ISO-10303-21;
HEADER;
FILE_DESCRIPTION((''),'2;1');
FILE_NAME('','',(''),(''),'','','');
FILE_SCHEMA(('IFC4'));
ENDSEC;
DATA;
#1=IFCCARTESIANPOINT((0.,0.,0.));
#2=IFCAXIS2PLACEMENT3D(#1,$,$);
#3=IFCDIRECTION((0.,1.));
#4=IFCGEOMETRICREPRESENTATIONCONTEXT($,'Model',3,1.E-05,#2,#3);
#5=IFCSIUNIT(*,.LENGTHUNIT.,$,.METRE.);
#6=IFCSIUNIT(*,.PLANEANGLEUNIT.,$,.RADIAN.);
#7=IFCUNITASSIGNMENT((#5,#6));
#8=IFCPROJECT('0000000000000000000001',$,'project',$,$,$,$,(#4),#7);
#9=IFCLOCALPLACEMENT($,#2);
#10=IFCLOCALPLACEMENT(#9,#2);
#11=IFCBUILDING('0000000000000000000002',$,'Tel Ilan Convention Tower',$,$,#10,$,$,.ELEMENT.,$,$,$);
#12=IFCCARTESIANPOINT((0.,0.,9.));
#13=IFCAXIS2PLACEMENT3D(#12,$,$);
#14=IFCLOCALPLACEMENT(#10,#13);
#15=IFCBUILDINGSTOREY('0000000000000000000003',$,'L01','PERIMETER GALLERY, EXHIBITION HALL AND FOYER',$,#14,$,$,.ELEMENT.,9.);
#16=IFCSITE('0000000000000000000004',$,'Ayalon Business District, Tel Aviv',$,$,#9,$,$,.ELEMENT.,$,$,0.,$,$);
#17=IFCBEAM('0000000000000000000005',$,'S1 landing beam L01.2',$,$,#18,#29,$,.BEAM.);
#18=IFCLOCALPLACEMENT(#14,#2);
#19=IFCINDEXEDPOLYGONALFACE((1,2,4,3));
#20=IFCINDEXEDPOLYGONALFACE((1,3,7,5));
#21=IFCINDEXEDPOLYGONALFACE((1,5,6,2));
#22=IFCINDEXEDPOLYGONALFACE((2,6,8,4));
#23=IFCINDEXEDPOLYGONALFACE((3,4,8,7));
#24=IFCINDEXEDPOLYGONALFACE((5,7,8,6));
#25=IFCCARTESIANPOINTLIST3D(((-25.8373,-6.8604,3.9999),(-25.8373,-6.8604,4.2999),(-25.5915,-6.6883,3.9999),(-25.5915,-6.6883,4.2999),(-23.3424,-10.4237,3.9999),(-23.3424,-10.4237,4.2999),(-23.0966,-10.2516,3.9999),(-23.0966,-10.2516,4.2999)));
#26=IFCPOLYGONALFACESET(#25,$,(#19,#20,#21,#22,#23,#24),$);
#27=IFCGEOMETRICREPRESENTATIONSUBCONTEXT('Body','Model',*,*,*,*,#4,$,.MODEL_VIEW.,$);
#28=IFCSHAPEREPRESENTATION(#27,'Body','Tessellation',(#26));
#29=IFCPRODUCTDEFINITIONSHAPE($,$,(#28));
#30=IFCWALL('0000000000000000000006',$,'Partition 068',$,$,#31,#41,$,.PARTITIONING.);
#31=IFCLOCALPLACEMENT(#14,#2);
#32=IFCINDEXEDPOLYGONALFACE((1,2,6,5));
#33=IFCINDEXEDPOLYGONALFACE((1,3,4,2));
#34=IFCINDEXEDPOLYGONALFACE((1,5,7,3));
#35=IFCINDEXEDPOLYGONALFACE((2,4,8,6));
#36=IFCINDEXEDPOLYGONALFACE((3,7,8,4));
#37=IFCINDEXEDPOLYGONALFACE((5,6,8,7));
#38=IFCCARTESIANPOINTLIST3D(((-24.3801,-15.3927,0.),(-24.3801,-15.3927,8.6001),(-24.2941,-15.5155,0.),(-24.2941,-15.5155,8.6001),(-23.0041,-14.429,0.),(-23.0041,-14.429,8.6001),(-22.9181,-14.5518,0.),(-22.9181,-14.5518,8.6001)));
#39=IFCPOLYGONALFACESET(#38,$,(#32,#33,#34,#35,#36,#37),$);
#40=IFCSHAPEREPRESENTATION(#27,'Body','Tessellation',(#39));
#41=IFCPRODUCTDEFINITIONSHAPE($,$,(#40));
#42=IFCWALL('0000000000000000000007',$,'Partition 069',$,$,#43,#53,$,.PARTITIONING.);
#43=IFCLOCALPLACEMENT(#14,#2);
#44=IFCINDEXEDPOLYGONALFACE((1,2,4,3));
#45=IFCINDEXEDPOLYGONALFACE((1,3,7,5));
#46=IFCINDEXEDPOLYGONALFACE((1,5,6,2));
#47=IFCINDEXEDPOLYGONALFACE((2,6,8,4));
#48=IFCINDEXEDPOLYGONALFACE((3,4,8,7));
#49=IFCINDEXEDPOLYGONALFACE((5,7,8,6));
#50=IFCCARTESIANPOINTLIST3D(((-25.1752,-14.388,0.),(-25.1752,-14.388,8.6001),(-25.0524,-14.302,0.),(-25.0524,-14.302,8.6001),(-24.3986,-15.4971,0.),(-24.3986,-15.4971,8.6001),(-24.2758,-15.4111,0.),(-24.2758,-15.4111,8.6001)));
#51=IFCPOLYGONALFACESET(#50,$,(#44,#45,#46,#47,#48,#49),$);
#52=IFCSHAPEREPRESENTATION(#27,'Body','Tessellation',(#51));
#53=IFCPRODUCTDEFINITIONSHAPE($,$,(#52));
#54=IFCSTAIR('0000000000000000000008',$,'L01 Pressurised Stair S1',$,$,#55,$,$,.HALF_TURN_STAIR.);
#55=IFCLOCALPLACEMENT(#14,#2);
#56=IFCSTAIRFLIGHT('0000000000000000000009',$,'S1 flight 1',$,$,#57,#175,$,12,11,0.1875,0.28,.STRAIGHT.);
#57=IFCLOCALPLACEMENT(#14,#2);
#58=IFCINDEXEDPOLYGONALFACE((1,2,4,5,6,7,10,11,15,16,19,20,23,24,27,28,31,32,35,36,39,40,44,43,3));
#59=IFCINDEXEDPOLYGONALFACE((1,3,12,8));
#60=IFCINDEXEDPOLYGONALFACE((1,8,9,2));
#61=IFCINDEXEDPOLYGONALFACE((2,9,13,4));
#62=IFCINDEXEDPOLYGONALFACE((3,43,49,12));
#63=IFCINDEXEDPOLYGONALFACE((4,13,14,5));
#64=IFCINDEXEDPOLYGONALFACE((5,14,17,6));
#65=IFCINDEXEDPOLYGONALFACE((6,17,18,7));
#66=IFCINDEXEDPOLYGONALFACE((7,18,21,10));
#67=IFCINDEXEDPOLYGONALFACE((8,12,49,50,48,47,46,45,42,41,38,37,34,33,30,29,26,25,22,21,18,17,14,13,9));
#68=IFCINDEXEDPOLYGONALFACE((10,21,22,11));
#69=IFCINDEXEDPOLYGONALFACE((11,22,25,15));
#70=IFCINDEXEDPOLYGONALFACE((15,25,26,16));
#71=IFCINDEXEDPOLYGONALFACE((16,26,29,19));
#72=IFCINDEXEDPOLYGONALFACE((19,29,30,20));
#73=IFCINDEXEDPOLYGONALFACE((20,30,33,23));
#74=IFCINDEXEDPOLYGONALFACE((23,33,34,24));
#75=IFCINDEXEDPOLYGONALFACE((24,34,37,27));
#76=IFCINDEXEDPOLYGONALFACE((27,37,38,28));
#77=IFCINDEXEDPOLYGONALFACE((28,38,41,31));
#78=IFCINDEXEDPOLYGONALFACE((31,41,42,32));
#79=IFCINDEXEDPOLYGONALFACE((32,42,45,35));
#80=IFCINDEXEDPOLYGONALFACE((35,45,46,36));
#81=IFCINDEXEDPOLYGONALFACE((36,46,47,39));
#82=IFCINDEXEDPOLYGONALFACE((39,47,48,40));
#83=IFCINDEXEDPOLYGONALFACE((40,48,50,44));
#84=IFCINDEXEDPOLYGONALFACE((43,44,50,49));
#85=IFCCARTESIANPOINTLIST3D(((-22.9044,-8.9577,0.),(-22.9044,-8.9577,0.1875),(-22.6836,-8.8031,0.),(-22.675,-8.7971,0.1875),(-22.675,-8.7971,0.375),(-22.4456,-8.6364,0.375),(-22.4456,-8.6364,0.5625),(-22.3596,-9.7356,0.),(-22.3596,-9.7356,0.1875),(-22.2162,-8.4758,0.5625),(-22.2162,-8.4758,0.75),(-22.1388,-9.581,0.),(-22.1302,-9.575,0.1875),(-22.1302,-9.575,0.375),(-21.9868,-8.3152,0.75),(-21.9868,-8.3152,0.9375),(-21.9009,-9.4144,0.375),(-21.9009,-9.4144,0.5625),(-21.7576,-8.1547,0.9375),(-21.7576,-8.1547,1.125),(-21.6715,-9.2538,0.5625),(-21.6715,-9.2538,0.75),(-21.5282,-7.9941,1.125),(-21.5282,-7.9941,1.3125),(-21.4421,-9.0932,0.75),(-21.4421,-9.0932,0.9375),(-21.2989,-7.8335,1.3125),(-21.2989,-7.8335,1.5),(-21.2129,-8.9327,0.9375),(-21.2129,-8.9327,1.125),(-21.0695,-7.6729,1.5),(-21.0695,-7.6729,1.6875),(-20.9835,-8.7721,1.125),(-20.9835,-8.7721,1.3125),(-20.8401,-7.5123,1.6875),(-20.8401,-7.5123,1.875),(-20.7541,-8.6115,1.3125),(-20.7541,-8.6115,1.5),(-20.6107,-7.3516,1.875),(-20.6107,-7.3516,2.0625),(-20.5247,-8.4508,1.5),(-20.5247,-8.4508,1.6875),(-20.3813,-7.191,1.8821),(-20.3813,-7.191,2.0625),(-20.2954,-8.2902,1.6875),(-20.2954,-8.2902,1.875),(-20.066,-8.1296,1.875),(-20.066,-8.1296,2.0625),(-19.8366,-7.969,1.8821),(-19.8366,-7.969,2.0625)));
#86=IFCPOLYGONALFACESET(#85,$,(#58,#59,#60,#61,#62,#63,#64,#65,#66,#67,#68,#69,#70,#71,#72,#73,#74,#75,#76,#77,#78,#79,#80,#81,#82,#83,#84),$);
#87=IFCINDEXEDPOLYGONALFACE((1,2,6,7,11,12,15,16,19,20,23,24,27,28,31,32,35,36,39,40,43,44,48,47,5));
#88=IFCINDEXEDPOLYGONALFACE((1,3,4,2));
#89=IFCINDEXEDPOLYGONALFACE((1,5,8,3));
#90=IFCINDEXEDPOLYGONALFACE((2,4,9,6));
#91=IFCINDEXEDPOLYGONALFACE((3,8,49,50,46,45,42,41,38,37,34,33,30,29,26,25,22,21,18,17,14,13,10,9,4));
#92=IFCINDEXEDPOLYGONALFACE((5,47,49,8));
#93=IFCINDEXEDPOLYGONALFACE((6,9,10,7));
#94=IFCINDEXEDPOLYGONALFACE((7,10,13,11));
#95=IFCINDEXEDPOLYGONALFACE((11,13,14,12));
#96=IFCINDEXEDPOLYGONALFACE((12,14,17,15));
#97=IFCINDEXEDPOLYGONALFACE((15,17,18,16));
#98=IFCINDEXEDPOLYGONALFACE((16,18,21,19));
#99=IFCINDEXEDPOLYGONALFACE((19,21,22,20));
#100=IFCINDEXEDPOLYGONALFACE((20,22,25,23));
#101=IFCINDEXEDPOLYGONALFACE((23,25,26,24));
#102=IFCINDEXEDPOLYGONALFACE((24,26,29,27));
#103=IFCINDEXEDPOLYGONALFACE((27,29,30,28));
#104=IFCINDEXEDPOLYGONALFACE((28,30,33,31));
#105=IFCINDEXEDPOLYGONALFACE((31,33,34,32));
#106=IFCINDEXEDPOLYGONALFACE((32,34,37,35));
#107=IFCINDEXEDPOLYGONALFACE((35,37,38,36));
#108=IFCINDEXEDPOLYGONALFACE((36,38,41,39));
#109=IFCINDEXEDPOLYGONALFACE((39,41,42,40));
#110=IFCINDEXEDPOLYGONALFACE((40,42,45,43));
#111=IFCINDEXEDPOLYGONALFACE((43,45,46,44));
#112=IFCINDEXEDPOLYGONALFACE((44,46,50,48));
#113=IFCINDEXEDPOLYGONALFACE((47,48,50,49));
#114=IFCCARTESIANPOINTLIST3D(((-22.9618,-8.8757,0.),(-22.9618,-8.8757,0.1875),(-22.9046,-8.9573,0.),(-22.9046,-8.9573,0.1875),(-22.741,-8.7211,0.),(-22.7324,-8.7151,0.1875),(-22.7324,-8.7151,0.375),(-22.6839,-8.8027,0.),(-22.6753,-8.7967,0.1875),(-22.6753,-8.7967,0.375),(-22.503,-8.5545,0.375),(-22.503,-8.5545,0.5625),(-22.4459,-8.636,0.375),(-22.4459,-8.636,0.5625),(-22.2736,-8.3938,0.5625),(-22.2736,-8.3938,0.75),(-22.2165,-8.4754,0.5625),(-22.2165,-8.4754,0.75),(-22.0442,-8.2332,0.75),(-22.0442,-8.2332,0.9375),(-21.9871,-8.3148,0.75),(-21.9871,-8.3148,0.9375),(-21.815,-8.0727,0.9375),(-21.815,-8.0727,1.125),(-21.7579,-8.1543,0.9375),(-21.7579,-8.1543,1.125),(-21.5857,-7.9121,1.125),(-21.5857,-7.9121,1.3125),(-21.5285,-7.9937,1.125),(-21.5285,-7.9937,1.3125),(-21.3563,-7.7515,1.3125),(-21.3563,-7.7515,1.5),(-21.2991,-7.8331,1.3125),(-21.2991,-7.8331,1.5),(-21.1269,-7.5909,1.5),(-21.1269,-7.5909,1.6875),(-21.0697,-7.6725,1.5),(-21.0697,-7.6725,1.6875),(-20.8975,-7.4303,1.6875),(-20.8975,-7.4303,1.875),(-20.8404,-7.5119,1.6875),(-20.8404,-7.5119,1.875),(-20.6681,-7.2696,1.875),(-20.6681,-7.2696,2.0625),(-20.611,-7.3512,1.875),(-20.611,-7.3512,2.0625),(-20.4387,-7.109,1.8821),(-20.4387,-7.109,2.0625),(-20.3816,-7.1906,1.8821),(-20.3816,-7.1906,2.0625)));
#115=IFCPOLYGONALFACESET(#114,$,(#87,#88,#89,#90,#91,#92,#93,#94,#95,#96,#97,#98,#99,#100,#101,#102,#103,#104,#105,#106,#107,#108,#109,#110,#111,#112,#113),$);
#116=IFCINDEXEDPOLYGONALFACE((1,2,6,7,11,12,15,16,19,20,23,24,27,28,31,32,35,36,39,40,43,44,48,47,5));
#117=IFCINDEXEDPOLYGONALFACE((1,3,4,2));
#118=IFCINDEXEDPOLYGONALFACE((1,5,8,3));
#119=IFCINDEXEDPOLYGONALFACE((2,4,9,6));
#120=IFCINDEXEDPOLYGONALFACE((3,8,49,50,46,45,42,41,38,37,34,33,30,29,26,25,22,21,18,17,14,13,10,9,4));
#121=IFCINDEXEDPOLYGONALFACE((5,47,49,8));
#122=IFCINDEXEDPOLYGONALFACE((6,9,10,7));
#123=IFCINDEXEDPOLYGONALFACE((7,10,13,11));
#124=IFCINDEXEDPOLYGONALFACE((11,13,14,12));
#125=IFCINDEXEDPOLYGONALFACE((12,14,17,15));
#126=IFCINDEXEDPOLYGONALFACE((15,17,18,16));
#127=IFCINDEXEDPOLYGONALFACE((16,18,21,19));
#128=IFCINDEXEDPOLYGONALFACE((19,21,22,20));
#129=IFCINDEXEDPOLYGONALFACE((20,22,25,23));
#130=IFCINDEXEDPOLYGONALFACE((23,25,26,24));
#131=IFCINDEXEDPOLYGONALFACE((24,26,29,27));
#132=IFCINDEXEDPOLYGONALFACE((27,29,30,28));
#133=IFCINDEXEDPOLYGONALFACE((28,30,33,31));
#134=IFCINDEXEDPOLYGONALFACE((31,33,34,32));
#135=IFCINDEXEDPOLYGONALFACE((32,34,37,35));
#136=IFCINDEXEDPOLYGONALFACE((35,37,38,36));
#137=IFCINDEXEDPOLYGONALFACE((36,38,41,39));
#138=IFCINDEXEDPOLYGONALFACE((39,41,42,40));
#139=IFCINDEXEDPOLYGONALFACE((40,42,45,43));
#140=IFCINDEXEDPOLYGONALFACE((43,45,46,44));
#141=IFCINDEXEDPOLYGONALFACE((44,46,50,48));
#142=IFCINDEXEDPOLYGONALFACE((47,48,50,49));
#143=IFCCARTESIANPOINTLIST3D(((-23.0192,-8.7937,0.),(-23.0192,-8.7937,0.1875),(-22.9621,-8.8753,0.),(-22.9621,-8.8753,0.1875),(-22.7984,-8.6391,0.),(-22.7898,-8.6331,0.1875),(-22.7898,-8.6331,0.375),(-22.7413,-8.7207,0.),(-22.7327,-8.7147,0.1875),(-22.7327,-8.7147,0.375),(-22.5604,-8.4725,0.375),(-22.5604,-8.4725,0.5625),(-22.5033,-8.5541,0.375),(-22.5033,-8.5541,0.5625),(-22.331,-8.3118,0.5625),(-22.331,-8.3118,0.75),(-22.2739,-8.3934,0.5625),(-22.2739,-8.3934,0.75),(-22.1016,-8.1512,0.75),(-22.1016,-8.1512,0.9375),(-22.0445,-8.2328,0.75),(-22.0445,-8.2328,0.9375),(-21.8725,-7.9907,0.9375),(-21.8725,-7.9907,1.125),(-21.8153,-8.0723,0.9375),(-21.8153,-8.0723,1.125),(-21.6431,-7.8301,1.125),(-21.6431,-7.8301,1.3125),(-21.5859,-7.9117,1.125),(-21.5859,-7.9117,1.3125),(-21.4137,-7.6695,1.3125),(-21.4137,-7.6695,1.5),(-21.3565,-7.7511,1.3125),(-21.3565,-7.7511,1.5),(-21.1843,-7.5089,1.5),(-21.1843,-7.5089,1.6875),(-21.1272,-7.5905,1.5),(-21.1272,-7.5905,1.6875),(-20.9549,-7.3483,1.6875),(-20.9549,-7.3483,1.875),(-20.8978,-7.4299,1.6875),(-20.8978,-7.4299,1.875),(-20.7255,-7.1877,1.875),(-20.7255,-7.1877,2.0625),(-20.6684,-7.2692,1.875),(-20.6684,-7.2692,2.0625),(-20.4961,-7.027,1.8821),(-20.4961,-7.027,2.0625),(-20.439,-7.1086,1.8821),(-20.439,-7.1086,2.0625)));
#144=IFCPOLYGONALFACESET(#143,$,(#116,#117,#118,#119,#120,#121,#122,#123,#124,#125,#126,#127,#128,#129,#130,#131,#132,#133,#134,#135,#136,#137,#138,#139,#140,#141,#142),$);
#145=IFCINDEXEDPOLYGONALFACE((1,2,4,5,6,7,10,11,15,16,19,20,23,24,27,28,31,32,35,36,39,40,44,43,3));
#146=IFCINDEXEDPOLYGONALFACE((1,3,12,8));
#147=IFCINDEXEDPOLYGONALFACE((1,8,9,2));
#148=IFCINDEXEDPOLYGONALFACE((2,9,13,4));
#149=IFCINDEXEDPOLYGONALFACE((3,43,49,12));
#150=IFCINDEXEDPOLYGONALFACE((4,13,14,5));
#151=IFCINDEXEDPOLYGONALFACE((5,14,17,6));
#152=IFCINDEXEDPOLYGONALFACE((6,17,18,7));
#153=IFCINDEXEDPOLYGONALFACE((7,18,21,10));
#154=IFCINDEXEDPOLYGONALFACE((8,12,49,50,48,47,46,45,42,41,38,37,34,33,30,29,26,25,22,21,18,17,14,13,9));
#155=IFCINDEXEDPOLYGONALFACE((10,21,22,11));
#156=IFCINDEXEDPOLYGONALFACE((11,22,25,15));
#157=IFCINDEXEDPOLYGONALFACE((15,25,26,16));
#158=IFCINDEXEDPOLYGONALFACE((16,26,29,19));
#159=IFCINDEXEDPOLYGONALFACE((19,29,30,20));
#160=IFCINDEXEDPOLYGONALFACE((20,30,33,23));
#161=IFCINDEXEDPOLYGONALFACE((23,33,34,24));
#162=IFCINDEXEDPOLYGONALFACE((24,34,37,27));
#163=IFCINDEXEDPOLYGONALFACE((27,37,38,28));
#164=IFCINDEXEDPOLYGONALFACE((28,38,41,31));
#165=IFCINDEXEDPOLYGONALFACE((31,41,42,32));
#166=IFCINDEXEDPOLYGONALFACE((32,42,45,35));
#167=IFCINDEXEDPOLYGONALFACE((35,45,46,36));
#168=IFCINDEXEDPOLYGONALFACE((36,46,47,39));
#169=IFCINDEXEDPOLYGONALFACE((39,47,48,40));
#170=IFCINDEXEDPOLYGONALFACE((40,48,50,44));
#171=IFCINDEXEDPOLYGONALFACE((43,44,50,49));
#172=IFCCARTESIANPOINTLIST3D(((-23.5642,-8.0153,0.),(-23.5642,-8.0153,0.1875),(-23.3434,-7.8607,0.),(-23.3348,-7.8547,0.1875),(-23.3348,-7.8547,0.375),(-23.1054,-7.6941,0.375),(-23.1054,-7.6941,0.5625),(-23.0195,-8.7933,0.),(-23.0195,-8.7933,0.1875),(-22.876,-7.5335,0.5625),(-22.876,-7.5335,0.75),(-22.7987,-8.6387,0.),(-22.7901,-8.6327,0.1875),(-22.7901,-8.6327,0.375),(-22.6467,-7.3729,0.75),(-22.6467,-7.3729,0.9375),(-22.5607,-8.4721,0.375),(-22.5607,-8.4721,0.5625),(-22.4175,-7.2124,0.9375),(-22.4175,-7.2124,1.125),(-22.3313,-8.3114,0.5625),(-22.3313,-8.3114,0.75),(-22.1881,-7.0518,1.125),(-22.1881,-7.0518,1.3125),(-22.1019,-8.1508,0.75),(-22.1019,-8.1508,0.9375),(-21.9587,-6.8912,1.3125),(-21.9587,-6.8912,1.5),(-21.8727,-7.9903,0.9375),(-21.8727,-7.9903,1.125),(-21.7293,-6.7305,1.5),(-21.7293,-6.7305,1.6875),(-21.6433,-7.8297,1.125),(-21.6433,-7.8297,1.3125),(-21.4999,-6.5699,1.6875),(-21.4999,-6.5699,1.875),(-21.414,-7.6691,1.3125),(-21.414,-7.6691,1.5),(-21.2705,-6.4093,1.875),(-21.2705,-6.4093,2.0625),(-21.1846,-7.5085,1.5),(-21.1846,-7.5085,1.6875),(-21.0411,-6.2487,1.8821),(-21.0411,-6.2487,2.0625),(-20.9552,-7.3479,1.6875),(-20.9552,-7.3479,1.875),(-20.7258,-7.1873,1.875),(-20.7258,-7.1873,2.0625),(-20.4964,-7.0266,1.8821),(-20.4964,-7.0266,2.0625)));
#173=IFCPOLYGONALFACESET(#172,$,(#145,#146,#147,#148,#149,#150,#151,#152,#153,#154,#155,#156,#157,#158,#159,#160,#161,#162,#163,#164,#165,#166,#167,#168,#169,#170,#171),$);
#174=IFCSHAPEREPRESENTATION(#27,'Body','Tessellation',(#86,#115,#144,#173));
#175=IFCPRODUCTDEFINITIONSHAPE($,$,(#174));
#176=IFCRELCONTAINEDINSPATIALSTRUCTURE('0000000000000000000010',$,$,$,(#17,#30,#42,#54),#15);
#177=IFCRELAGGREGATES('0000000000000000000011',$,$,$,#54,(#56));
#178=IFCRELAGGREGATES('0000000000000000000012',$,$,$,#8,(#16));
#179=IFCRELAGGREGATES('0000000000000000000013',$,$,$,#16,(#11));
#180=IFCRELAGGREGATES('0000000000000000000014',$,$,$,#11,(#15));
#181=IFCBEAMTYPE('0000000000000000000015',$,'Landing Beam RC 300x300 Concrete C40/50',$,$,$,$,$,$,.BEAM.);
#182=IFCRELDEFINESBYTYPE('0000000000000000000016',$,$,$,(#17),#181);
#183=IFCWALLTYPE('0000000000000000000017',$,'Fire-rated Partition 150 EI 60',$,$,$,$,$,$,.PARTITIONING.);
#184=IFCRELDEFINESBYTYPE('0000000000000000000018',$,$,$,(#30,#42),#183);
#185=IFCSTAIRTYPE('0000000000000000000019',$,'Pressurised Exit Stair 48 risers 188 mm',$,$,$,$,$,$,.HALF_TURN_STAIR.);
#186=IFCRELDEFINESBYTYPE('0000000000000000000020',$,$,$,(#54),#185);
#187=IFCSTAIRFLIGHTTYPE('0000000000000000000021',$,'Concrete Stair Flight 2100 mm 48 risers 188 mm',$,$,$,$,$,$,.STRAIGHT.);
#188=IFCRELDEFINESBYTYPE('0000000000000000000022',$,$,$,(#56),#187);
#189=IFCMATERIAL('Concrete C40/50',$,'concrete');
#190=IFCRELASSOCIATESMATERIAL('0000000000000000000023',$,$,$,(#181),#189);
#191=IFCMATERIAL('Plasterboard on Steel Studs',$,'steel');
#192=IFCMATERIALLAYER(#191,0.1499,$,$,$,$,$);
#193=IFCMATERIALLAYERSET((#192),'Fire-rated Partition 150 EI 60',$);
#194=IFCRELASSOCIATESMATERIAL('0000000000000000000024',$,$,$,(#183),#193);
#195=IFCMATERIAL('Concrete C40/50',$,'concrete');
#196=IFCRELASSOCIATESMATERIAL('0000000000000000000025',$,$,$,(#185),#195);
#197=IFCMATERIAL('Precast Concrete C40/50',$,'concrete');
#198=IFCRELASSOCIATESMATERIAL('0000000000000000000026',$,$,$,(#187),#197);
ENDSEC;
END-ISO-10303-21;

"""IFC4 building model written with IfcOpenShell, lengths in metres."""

from ifc_helpers import new_model, si_unit, direction, frame, frame_2d, origin, origin_2d, place, context, subcontext, project, spatial, polyline, rectangle, outline, extrude, material, layer, layer_set, material_profile, profile_set, type_object, element, aggregate, save


model = new_model("IFC4")

# Units and contexts
model_context = context("Model", 3, precision=1e-05, world=origin(), true_north=direction((0.0, 1.0)))
body_context = subcontext(model_context, "Body", "Model", "MODEL_VIEW")
ifc_project = project(units=[si_unit("LENGTHUNIT", "METRE"), si_unit("PLANEANGLEUNIT", "RADIAN")], contexts=[model_context])

# Site, building, storey
site_placement = place(None, origin())
site = spatial("IfcSite", under=ifc_project, at=site_placement, Name="Ayalon Business District, Tel Aviv", CompositionType="ELEMENT", RefElevation=0.0)
building_placement = place(site_placement, origin())
building = spatial("IfcBuilding", under=site, at=building_placement, Name="Tel Ilan Convention Tower", CompositionType="ELEMENT")
storey_placement = place(building_placement, frame((0.0, 0.0, 9.0)))
storey = spatial("IfcBuildingStorey", under=building, at=storey_placement, Name="L01", Description="PERIMETER GALLERY, EXHIBITION HALL AND FOYER", CompositionType="ELEMENT", Elevation=9.0)

# Beam
ifc_material_1 = material(Name="Concrete C40/50", Category="concrete")
ifc_material_profile = material_profile(ifc_material_1, rectangle(XDim=0.3, YDim=0.3, at=origin_2d()), Name="RC 300x300")
ifc_profile_set = profile_set([ifc_material_profile], Name="Concrete C40/50")
beam_type = type_object("IfcBeamType", Name="Landing Beam RC 300x300 Concrete C40/50", PredefinedType="BEAM", material=ifc_profile_set)
beam_placement = place(storey_placement, frame((-23.2195, -10.3376, 4.1499), z_axis=(-0.573557, 0.819166, 0.0), x_axis=(-0.819166, -0.573557, 0.0)))
element("IfcBeam", 1, at=beam_placement, inside=storey, type_object=beam_type, Name="S1 landing beam L01.2", PredefinedType="BEAM", context=body_context, shape_type="SweptSolid", body=[
    extrude(rectangle(XDim=0.3, YDim=0.3, at=origin_2d()), origin(), (0.0, 0.0, 1.0), 4.3499),
])

# Walls
ifc_material_2 = material(Name="Plasterboard on Steel Studs", Category="steel")
ifc_layer = layer(ifc_material_2, 0.1499)
ifc_layer_set = layer_set([ifc_layer], Name="Fire-rated Partition 150 EI 60")
wall_type = type_object("IfcWallType", Name="Fire-rated Partition 150 EI 60", PredefinedType="PARTITIONING", material=ifc_layer_set)
wall_1_placement = place(storey_placement, frame((-22.9612, -14.4905, 0.0), z_axis=(0.0, 0.0, 1.0), x_axis=(-0.819109, -0.573638, 0.0)))
element("IfcWall", 2, at=wall_1_placement, inside=storey, type_object=wall_type, Name="Partition 068", PredefinedType="PARTITIONING", context=body_context, shape_type="SweptSolid", body=[
    extrude(rectangle(XDim=1.6799, YDim=0.1499, at=frame_2d((0.8398, 0.0))), origin(), (0.0, 0.0, 1.0), 8.6001),
])
wall_2_placement = place(storey_placement, frame((-24.3372, -15.4541, 0.0), z_axis=(0.0, 0.0, 1.0), x_axis=(-0.573571, 0.819156, 0.0)))
element("IfcWall", 3, at=wall_2_placement, inside=storey, type_object=wall_type, Name="Partition 069", PredefinedType="PARTITIONING", context=body_context, shape_type="SweptSolid", body=[
    extrude(rectangle(XDim=1.354, YDim=0.1499, at=frame_2d((0.677, 0.0))), origin(), (0.0, 0.0, 1.0), 8.6001),
])

# Stair, stair flight
ifc_material_3 = material(Name="Concrete C40/50", Category="concrete")
stair_type = type_object("IfcStairType", Name="Pressurised Exit Stair 48 risers 188 mm", PredefinedType="HALF_TURN_STAIR", material=ifc_material_3)
stair_placement = place(storey_placement, origin())
stair = element("IfcStair", 4, at=stair_placement, inside=storey, type_object=stair_type, Name="L01 Pressurised Stair S1", PredefinedType="HALF_TURN_STAIR")
ifc_material_4 = material(Name="Precast Concrete C40/50", Category="concrete")
stair_flight_type = type_object("IfcStairFlightType", Name="Concrete Stair Flight 2100 mm 48 risers 188 mm", PredefinedType="STRAIGHT", material=ifc_material_4)
stair_flight_1_placement = place(storey_placement, frame((-22.9619, -8.8755, 0.0), z_axis=(0.0, 0.0, 1.0), x_axis=(0.819152, 0.573576, 0.0)))
stair_flight_1 = element("IfcStairFlight", 5, at=stair_flight_1_placement, type_object=stair_flight_type, Name="S1 flight 1", NumberOfRisers=12, NumberOfTreads=11, PredefinedType="STRAIGHT", RiserHeight=0.1875, TreadLength=0.28, context=body_context, shape_type="SweptSolid", body=[
    extrude(outline(polyline([(0.0, 0.0), (0.0, 0.1875), (0.28, 0.1875), (0.28, 0.375), (0.5601, 0.375), (0.5601, 0.5625), (0.8401, 0.5625), (0.8401, 0.75), (1.1201, 0.75), (1.1201, 0.9375), (1.3999, 0.9375), (1.3999, 1.125), (1.6799, 1.125), (1.6799, 1.3125), (1.96, 1.3125), (1.96, 1.5), (2.24, 1.5), (2.24, 1.6875), (2.52, 1.6875), (2.52, 1.875), (2.8, 1.875), (2.8, 2.0625), (3.0801, 2.0625), (3.0801, 2.25), (3.0801, 1.8821), (0.2695, 0.0), (0.0, 0.0)])), frame((0.0, -0.1003, 0.0), z_axis=(0.0, -1.0, 0.0), x_axis=(1.0, 0.0, 0.0)), (0.0, 0.0, 1.0), 0.9497),
    extrude(outline(polyline([(0.0, 0.0), (0.0, 0.1875), (0.28, 0.1875), (0.28, 0.375), (0.5601, 0.375), (0.5601, 0.5625), (0.8401, 0.5625), (0.8401, 0.75), (1.1201, 0.75), (1.1201, 0.9375), (1.3999, 0.9375), (1.3999, 1.125), (1.6799, 1.125), (1.6799, 1.3125), (1.96, 1.3125), (1.96, 1.5), (2.24, 1.5), (2.24, 1.6875), (2.52, 1.6875), (2.52, 1.875), (2.8, 1.875), (2.8, 2.0625), (3.0801, 2.0625), (3.0801, 2.25), (3.0801, 1.8821), (0.2695, 0.0), (0.0, 0.0)])), frame((0.0, -0.0002, 0.0), z_axis=(0.0, -1.0, 0.0), x_axis=(1.0, 0.0, 0.0)), (0.0, 0.0, 1.0), 0.0996),
    extrude(outline(polyline([(0.0, 0.0), (0.0, 0.1875), (0.28, 0.1875), (0.28, 0.375), (0.5601, 0.375), (0.5601, 0.5625), (0.8401, 0.5625), (0.8401, 0.75), (1.1201, 0.75), (1.1201, 0.9375), (1.3999, 0.9375), (1.3999, 1.125), (1.6799, 1.125), (1.6799, 1.3125), (1.96, 1.3125), (1.96, 1.5), (2.24, 1.5), (2.24, 1.6875), (2.52, 1.6875), (2.52, 1.875), (2.8, 1.875), (2.8, 2.0625), (3.0801, 2.0625), (3.0801, 2.25), (3.0801, 1.8821), (0.2695, 0.0), (0.0, 0.0)])), frame((0.0, 0.0999, 0.0), z_axis=(0.0, -1.0, 0.0), x_axis=(1.0, 0.0, 0.0)), (0.0, 0.0, 1.0), 0.0996),
    extrude(outline(polyline([(0.0, 0.0), (0.0, 0.1875), (0.28, 0.1875), (0.28, 0.375), (0.5601, 0.375), (0.5601, 0.5625), (0.8401, 0.5625), (0.8401, 0.75), (1.1201, 0.75), (1.1201, 0.9375), (1.3999, 0.9375), (1.3999, 1.125), (1.6799, 1.125), (1.6799, 1.3125), (1.96, 1.3125), (1.96, 1.5), (2.24, 1.5), (2.24, 1.6875), (2.52, 1.6875), (2.52, 1.875), (2.8, 1.875), (2.8, 2.0625), (3.0801, 2.0625), (3.0801, 2.25), (3.0801, 1.8821), (0.2695, 0.0), (0.0, 0.0)])), frame((0.0, 1.05, 0.0), z_axis=(0.0, -1.0, 0.0), x_axis=(1.0, 0.0, 0.0)), (0.0, 0.0, 1.0), 0.9497),
])
aggregate(stair, [stair_flight_1])

save(model, "model.ifc")
